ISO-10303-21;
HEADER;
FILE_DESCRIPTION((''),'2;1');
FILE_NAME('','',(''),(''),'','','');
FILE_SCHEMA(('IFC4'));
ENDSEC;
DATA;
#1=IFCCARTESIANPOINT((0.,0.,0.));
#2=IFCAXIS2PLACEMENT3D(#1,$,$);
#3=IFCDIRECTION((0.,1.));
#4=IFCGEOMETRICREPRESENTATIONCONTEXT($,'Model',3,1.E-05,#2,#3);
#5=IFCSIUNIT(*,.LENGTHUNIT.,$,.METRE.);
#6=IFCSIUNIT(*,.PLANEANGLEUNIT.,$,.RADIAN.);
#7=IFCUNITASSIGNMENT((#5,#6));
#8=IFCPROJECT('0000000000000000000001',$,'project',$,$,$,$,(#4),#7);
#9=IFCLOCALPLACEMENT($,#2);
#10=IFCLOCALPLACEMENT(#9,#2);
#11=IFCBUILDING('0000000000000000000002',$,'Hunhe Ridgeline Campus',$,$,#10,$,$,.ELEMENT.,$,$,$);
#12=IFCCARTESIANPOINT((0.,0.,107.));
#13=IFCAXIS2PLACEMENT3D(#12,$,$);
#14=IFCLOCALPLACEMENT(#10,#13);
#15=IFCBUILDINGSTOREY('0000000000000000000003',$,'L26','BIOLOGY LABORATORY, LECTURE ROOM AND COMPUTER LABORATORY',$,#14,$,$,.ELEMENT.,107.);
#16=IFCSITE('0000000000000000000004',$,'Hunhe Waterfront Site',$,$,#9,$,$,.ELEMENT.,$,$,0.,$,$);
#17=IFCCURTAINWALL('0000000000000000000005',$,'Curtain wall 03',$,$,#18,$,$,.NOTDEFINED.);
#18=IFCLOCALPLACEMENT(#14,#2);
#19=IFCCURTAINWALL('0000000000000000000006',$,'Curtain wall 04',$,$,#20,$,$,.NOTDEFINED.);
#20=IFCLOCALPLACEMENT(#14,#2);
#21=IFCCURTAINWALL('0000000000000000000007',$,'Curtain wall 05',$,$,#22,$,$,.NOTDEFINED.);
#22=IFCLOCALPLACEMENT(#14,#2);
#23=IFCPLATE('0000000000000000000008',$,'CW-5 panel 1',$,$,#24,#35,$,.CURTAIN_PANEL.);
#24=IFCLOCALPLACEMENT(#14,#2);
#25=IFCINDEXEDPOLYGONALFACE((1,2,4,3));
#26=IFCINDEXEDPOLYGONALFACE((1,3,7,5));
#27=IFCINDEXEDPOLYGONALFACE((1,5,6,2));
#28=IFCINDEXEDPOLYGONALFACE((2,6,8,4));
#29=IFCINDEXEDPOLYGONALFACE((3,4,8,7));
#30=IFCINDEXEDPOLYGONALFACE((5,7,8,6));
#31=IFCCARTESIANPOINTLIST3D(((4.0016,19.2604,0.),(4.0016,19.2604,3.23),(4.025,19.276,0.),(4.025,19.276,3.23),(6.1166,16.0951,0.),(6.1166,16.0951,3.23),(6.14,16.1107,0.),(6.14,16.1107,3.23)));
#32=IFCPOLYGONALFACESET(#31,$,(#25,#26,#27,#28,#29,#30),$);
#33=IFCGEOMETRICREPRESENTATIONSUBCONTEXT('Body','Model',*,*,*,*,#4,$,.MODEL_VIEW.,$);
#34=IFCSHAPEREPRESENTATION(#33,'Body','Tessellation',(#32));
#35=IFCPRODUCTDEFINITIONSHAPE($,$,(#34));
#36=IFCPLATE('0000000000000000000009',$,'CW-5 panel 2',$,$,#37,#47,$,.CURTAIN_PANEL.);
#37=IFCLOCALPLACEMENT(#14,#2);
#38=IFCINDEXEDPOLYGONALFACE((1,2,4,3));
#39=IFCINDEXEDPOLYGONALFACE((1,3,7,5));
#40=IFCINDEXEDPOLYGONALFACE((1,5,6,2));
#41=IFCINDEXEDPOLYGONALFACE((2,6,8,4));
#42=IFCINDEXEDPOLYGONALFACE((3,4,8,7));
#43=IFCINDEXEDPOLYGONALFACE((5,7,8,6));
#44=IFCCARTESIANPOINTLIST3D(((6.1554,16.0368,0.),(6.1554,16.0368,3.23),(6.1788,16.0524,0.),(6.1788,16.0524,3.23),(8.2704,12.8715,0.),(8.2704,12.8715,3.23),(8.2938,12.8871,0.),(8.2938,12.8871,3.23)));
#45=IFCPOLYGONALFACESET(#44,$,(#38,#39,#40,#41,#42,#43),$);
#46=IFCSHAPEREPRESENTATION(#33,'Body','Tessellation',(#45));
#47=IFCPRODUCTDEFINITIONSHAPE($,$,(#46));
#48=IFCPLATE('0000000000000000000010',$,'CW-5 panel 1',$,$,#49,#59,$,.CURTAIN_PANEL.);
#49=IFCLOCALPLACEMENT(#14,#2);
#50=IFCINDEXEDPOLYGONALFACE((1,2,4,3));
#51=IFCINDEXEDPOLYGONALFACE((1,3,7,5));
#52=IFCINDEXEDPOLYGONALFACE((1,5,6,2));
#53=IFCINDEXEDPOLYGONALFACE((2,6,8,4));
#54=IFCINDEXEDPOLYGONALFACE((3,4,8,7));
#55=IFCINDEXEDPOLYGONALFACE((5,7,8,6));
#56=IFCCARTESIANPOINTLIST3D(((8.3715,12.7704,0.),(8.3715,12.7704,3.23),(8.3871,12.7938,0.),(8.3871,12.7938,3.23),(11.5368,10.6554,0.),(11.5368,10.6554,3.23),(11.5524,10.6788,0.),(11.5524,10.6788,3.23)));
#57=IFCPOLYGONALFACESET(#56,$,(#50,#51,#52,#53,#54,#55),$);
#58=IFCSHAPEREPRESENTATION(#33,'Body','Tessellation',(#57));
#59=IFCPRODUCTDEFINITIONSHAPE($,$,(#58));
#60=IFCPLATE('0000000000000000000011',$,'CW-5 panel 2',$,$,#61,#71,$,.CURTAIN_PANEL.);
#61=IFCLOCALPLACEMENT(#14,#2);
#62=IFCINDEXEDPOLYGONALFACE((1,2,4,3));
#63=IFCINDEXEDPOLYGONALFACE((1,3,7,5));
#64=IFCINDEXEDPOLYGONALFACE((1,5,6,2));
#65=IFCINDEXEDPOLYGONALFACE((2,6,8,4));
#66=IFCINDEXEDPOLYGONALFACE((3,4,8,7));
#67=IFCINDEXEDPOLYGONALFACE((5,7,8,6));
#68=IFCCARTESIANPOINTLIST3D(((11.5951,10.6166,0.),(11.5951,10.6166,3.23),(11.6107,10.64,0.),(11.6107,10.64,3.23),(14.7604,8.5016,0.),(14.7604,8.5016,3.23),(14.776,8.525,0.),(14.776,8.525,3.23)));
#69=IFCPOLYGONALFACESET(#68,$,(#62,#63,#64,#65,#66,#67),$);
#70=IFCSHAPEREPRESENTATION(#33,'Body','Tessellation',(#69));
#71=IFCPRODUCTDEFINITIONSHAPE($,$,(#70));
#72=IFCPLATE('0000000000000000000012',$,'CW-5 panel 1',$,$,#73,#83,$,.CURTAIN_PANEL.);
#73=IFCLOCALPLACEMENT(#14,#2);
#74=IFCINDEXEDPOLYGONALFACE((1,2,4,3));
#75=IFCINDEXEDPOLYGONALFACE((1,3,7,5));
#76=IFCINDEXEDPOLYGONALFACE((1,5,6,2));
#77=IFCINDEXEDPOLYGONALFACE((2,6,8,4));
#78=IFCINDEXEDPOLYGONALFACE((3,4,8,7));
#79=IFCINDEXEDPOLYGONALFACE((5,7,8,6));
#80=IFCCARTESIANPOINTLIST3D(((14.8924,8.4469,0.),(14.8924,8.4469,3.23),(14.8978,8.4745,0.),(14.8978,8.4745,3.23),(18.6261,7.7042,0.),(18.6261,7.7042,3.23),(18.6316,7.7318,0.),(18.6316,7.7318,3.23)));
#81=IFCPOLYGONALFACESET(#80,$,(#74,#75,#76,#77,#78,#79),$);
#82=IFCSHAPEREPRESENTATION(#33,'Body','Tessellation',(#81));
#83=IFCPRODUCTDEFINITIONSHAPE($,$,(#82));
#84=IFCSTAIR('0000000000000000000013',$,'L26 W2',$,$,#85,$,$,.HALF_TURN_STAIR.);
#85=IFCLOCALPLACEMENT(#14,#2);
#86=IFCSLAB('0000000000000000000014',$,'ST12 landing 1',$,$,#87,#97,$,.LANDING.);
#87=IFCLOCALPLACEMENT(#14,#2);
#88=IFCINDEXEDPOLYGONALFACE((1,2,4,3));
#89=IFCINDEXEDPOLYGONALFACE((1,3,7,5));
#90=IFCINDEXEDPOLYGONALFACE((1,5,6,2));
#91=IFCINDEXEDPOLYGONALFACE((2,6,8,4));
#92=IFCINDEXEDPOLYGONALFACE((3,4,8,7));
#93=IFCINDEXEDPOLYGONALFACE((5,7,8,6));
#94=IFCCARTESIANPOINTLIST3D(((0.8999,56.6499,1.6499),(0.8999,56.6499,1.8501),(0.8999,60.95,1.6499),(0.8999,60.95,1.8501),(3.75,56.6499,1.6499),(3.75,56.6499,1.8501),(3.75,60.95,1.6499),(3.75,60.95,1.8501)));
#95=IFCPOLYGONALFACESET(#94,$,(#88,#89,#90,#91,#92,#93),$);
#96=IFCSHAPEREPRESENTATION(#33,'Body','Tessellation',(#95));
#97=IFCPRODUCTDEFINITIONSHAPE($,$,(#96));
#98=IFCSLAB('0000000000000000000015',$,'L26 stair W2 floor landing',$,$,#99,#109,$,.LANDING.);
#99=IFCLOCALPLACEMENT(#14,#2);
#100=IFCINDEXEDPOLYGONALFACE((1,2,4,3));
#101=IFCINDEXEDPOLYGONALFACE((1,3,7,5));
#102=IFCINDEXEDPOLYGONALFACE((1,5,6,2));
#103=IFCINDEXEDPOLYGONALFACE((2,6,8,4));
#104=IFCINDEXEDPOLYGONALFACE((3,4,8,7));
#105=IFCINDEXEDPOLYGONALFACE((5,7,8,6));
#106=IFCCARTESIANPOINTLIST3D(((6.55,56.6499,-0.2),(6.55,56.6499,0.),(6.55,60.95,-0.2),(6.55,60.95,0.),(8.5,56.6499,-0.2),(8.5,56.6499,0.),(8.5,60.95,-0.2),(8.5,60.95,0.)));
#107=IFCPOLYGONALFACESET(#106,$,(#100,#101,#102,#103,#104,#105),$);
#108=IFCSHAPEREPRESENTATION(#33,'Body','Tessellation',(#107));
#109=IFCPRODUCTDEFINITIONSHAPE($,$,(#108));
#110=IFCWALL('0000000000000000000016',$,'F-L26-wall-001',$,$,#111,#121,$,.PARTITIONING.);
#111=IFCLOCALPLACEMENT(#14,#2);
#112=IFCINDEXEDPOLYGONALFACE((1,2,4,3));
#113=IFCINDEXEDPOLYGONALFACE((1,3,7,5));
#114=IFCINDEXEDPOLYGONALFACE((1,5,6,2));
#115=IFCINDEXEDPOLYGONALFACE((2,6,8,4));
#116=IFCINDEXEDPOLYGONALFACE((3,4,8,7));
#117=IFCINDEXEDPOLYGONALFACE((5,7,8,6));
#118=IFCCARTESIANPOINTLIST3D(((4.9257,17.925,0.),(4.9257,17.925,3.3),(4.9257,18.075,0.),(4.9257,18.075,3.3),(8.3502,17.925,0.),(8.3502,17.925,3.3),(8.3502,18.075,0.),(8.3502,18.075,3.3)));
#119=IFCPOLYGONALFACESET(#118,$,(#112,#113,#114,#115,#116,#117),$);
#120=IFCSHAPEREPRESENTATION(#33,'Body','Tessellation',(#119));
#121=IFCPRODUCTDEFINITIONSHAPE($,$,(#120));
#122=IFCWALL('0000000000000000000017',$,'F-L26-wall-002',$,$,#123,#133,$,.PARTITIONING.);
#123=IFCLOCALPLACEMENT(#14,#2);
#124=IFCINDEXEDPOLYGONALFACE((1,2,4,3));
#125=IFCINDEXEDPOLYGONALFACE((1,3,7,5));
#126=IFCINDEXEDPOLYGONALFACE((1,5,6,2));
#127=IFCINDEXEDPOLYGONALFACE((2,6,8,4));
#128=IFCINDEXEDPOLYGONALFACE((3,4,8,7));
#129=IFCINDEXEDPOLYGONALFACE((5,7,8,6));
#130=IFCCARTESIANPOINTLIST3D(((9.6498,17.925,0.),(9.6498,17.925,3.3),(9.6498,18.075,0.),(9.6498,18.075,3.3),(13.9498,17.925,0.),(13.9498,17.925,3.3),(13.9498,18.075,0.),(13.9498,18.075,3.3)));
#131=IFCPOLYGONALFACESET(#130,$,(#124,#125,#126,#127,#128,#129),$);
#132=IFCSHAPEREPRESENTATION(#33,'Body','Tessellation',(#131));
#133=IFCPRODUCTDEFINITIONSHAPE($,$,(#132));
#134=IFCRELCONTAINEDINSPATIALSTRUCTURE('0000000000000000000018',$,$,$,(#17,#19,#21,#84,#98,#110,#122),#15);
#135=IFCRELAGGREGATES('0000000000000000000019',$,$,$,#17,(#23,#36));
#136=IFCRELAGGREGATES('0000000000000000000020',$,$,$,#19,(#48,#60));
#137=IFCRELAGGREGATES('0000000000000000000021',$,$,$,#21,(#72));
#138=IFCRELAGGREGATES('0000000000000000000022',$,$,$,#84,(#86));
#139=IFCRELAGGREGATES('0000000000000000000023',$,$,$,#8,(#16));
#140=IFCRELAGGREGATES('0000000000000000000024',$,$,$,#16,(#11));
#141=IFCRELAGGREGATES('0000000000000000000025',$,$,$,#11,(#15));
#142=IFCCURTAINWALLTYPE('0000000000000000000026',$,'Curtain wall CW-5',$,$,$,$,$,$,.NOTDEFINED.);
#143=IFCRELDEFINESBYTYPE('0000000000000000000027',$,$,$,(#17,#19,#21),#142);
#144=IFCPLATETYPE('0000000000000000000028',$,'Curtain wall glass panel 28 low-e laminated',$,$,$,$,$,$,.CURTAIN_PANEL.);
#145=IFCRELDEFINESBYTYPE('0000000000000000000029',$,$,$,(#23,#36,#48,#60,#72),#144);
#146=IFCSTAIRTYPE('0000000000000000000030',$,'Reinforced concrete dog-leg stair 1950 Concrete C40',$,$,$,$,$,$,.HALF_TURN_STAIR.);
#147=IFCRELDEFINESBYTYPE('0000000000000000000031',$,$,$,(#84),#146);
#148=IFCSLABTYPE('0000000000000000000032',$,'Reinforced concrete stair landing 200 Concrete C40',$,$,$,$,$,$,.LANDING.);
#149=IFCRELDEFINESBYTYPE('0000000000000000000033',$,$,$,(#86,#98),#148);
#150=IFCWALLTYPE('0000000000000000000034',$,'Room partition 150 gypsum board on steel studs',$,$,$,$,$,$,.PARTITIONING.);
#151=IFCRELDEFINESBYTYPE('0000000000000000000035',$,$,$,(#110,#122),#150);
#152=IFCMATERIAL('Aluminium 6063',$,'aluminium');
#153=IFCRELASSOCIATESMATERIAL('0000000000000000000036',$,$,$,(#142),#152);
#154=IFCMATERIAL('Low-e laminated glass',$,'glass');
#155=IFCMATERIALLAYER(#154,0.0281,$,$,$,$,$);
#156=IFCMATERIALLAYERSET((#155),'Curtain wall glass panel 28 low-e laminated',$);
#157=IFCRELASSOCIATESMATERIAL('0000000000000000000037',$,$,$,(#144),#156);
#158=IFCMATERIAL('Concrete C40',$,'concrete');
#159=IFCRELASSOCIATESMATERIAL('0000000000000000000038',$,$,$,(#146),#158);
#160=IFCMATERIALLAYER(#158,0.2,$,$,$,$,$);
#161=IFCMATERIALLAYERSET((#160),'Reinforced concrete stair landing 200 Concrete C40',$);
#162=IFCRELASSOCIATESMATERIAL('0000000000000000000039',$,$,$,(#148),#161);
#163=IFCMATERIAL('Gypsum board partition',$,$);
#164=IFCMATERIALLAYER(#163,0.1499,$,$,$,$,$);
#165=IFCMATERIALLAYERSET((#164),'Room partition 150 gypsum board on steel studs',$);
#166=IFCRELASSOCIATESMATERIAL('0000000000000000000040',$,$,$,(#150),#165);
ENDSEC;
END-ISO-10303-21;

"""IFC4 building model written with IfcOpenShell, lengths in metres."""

from ifc_helpers import new_model, si_unit, direction, frame, frame_2d, origin, origin_2d, place, context, subcontext, project, spatial, polyline, rectangle, outline, extrude, material, layer, layer_set, type_object, element, aggregate, save


model = new_model("IFC4")

# Units and contexts
model_context = context("Model", 3, precision=1e-05, world=origin(), true_north=direction((0.0, 1.0)))
body_context = subcontext(model_context, "Body", "Model", "MODEL_VIEW")
ifc_project = project(units=[si_unit("LENGTHUNIT", "METRE"), si_unit("PLANEANGLEUNIT", "RADIAN")], contexts=[model_context])

# Site, building, storey
site_placement = place(None, origin())
site = spatial("IfcSite", under=ifc_project, at=site_placement, Name="Hunhe Waterfront Site", CompositionType="ELEMENT", RefElevation=0.0)
building_placement = place(site_placement, origin())
building = spatial("IfcBuilding", under=site, at=building_placement, Name="Hunhe Ridgeline Campus", CompositionType="ELEMENT")
storey_placement = place(building_placement, frame((0.0, 0.0, 107.0)))
storey = spatial("IfcBuildingStorey", under=building, at=storey_placement, Name="L26", Description="BIOLOGY LABORATORY, LECTURE ROOM AND COMPUTER LABORATORY", CompositionType="ELEMENT", Elevation=107.0)

# Curtain walls
ifc_material_1 = material(Name="Aluminium 6063", Category="aluminium")
curtain_wall_type = type_object("IfcCurtainWallType", Name="Curtain wall CW-5", PredefinedType="NOTDEFINED", material=ifc_material_1)
curtain_wall_1_placement = place(storey_placement, origin())
curtain_wall_1 = element("IfcCurtainWall", 1, at=curtain_wall_1_placement, inside=storey, type_object=curtain_wall_type, Name="Curtain wall 03", PredefinedType="NOTDEFINED")
curtain_wall_2_placement = place(storey_placement, origin())
curtain_wall_2 = element("IfcCurtainWall", 2, at=curtain_wall_2_placement, inside=storey, type_object=curtain_wall_type, Name="Curtain wall 04", PredefinedType="NOTDEFINED")
curtain_wall_3_placement = place(storey_placement, origin())
curtain_wall_3 = element("IfcCurtainWall", 3, at=curtain_wall_3_placement, inside=storey, type_object=curtain_wall_type, Name="Curtain wall 05", PredefinedType="NOTDEFINED")

# Plates
ifc_material_2 = material(Name="Low-e laminated glass", Category="glass")
ifc_layer_1 = layer(ifc_material_2, 0.0281)
ifc_layer_set_1 = layer_set([ifc_layer_1], Name="Curtain wall glass panel 28 low-e laminated")
plate_type = type_object("IfcPlateType", Name="Curtain wall glass panel 28 low-e laminated", PredefinedType="CURTAIN_PANEL", material=ifc_layer_set_1)
plate_1_placement = place(storey_placement, frame((5.0708, 17.6855, 0.0), z_axis=(0.0, 0.0, 1.0), x_axis=(0.55557, -0.83147, 0.0)))
plate_1 = element("IfcPlate", 4, at=plate_1_placement, type_object=plate_type, Name="CW-5 panel 1", PredefinedType="CURTAIN_PANEL", context=body_context, shape_type="SweptSolid", body=[
    extrude(rectangle(XDim=3.8069, YDim=0.0281, at=origin_2d()), origin(), (0.0, 0.0, 1.0), 3.23),
])
plate_2_placement = place(storey_placement, frame((7.2246, 14.4619, 0.0), z_axis=(0.0, 0.0, 1.0), x_axis=(0.55557, -0.83147, 0.0)))
plate_2 = element("IfcPlate", 5, at=plate_2_placement, type_object=plate_type, Name="CW-5 panel 2", PredefinedType="CURTAIN_PANEL", context=body_context, shape_type="SweptSolid", body=[
    extrude(rectangle(XDim=3.8069, YDim=0.0281, at=origin_2d()), origin(), (0.0, 0.0, 1.0), 3.23),
])
aggregate(curtain_wall_1, [plate_1, plate_2])
plate_3_placement = place(storey_placement, frame((9.9619, 11.7246, 0.0), z_axis=(0.0, 0.0, 1.0), x_axis=(0.83147, -0.55557, 0.0)))
plate_3 = element("IfcPlate", 6, at=plate_3_placement, type_object=plate_type, Name="CW-5 panel 1", PredefinedType="CURTAIN_PANEL", context=body_context, shape_type="SweptSolid", body=[
    extrude(rectangle(XDim=3.8069, YDim=0.0281, at=origin_2d()), origin(), (0.0, 0.0, 1.0), 3.23),
])
plate_4_placement = place(storey_placement, frame((13.1855, 9.5708, 0.0), z_axis=(0.0, 0.0, 1.0), x_axis=(0.83147, -0.55557, 0.0)))
plate_4 = element("IfcPlate", 7, at=plate_4_placement, type_object=plate_type, Name="CW-5 panel 2", PredefinedType="CURTAIN_PANEL", context=body_context, shape_type="SweptSolid", body=[
    extrude(rectangle(XDim=3.8069, YDim=0.0281, at=origin_2d()), origin(), (0.0, 0.0, 1.0), 3.23),
])
aggregate(curtain_wall_2, [plate_3, plate_4])
plate_5_placement = place(storey_placement, frame((16.762, 8.0894, 0.0), z_axis=(0.0, 0.0, 1.0), x_axis=(0.980785, -0.19509, 0.0)))
plate_5 = element("IfcPlate", 8, at=plate_5_placement, type_object=plate_type, Name="CW-5 panel 1", PredefinedType="CURTAIN_PANEL", context=body_context, shape_type="SweptSolid", body=[
    extrude(rectangle(XDim=3.8069, YDim=0.0281, at=origin_2d()), origin(), (0.0, 0.0, 1.0), 3.23),
])
aggregate(curtain_wall_3, [plate_5])

# Stair, slab
ifc_material_3 = material(Name="Concrete C40", Category="concrete")
stair_type = type_object("IfcStairType", Name="Reinforced concrete dog-leg stair 1950 Concrete C40", PredefinedType="HALF_TURN_STAIR", material=ifc_material_3)
stair_placement = place(storey_placement, origin())
stair = element("IfcStair", 9, at=stair_placement, inside=storey, type_object=stair_type, Name="L26 W2", PredefinedType="HALF_TURN_STAIR")
ifc_layer_2 = layer(ifc_material_3, 0.2)
ifc_layer_set_2 = layer_set([ifc_layer_2], Name="Reinforced concrete stair landing 200 Concrete C40")
slab_type = type_object("IfcSlabType", Name="Reinforced concrete stair landing 200 Concrete C40", PredefinedType="LANDING", material=ifc_layer_set_2)
slab_1_placement = place(storey_placement, frame((0.0, 0.0, 1.6499)))
slab_1 = element("IfcSlab", 10, at=slab_1_placement, type_object=slab_type, Name="ST12 landing 1", PredefinedType="LANDING", context=body_context, shape_type="SweptSolid", body=[
    extrude(outline(polyline([(3.75, 60.95), (0.8999, 60.95), (0.8999, 56.6499), (3.75, 56.6499), (3.75, 60.95)])), origin(), (0.0, 0.0, 1.0), 0.2002),
])
aggregate(stair, [slab_1])

# Slab
slab_2_placement = place(storey_placement, frame((0.0, 0.0, -0.2)))
element("IfcSlab", 11, at=slab_2_placement, inside=storey, type_object=slab_type, Name="L26 stair W2 floor landing", PredefinedType="LANDING", context=body_context, shape_type="SweptSolid", body=[
    extrude(outline(polyline([(8.5, 60.95), (6.55, 60.95), (6.55, 56.6499), (8.5, 56.6499), (8.5, 60.95)])), origin(), (0.0, 0.0, 1.0), 0.2),
])

# Shared definitions
ifc_material_4 = material(Name="Gypsum board partition")

# Walls
ifc_layer_3 = layer(ifc_material_4, 0.1499)
ifc_layer_set_3 = layer_set([ifc_layer_3], Name="Room partition 150 gypsum board on steel studs")
wall_type_1 = type_object("IfcWallType", Name="Room partition 150 gypsum board on steel studs", PredefinedType="PARTITIONING", material=ifc_layer_set_3)
wall_1_placement = place(storey_placement, frame((4.9255, 18.0, 0.0), z_axis=(0.0, 0.0, 1.0), x_axis=(1.0, 0.0, 0.0)))
element("IfcWall", 12, at=wall_1_placement, inside=storey, type_object=wall_type_1, Name="F-L26-wall-001", PredefinedType="PARTITIONING", context=body_context, shape_type="SweptSolid", body=[
    extrude(rectangle(XDim=3.4246, YDim=0.1499, at=frame_2d((1.7124, 0.0))), origin(), (0.0, 0.0, 1.0), 3.3),
])
wall_2_placement = place(storey_placement, frame((9.6499, 18.0, 0.0), z_axis=(0.0, 0.0, 1.0), x_axis=(1.0, 0.0, 0.0)))
element("IfcWall", 13, at=wall_2_placement, inside=storey, type_object=wall_type_1, Name="F-L26-wall-002", PredefinedType="PARTITIONING", context=body_context, shape_type="SweptSolid", body=[
    extrude(rectangle(XDim=4.3, YDim=0.1499, at=frame_2d((2.1499, 0.0))), origin(), (0.0, 0.0, 1.0), 3.3),
])

save(model, "model.ifc")
